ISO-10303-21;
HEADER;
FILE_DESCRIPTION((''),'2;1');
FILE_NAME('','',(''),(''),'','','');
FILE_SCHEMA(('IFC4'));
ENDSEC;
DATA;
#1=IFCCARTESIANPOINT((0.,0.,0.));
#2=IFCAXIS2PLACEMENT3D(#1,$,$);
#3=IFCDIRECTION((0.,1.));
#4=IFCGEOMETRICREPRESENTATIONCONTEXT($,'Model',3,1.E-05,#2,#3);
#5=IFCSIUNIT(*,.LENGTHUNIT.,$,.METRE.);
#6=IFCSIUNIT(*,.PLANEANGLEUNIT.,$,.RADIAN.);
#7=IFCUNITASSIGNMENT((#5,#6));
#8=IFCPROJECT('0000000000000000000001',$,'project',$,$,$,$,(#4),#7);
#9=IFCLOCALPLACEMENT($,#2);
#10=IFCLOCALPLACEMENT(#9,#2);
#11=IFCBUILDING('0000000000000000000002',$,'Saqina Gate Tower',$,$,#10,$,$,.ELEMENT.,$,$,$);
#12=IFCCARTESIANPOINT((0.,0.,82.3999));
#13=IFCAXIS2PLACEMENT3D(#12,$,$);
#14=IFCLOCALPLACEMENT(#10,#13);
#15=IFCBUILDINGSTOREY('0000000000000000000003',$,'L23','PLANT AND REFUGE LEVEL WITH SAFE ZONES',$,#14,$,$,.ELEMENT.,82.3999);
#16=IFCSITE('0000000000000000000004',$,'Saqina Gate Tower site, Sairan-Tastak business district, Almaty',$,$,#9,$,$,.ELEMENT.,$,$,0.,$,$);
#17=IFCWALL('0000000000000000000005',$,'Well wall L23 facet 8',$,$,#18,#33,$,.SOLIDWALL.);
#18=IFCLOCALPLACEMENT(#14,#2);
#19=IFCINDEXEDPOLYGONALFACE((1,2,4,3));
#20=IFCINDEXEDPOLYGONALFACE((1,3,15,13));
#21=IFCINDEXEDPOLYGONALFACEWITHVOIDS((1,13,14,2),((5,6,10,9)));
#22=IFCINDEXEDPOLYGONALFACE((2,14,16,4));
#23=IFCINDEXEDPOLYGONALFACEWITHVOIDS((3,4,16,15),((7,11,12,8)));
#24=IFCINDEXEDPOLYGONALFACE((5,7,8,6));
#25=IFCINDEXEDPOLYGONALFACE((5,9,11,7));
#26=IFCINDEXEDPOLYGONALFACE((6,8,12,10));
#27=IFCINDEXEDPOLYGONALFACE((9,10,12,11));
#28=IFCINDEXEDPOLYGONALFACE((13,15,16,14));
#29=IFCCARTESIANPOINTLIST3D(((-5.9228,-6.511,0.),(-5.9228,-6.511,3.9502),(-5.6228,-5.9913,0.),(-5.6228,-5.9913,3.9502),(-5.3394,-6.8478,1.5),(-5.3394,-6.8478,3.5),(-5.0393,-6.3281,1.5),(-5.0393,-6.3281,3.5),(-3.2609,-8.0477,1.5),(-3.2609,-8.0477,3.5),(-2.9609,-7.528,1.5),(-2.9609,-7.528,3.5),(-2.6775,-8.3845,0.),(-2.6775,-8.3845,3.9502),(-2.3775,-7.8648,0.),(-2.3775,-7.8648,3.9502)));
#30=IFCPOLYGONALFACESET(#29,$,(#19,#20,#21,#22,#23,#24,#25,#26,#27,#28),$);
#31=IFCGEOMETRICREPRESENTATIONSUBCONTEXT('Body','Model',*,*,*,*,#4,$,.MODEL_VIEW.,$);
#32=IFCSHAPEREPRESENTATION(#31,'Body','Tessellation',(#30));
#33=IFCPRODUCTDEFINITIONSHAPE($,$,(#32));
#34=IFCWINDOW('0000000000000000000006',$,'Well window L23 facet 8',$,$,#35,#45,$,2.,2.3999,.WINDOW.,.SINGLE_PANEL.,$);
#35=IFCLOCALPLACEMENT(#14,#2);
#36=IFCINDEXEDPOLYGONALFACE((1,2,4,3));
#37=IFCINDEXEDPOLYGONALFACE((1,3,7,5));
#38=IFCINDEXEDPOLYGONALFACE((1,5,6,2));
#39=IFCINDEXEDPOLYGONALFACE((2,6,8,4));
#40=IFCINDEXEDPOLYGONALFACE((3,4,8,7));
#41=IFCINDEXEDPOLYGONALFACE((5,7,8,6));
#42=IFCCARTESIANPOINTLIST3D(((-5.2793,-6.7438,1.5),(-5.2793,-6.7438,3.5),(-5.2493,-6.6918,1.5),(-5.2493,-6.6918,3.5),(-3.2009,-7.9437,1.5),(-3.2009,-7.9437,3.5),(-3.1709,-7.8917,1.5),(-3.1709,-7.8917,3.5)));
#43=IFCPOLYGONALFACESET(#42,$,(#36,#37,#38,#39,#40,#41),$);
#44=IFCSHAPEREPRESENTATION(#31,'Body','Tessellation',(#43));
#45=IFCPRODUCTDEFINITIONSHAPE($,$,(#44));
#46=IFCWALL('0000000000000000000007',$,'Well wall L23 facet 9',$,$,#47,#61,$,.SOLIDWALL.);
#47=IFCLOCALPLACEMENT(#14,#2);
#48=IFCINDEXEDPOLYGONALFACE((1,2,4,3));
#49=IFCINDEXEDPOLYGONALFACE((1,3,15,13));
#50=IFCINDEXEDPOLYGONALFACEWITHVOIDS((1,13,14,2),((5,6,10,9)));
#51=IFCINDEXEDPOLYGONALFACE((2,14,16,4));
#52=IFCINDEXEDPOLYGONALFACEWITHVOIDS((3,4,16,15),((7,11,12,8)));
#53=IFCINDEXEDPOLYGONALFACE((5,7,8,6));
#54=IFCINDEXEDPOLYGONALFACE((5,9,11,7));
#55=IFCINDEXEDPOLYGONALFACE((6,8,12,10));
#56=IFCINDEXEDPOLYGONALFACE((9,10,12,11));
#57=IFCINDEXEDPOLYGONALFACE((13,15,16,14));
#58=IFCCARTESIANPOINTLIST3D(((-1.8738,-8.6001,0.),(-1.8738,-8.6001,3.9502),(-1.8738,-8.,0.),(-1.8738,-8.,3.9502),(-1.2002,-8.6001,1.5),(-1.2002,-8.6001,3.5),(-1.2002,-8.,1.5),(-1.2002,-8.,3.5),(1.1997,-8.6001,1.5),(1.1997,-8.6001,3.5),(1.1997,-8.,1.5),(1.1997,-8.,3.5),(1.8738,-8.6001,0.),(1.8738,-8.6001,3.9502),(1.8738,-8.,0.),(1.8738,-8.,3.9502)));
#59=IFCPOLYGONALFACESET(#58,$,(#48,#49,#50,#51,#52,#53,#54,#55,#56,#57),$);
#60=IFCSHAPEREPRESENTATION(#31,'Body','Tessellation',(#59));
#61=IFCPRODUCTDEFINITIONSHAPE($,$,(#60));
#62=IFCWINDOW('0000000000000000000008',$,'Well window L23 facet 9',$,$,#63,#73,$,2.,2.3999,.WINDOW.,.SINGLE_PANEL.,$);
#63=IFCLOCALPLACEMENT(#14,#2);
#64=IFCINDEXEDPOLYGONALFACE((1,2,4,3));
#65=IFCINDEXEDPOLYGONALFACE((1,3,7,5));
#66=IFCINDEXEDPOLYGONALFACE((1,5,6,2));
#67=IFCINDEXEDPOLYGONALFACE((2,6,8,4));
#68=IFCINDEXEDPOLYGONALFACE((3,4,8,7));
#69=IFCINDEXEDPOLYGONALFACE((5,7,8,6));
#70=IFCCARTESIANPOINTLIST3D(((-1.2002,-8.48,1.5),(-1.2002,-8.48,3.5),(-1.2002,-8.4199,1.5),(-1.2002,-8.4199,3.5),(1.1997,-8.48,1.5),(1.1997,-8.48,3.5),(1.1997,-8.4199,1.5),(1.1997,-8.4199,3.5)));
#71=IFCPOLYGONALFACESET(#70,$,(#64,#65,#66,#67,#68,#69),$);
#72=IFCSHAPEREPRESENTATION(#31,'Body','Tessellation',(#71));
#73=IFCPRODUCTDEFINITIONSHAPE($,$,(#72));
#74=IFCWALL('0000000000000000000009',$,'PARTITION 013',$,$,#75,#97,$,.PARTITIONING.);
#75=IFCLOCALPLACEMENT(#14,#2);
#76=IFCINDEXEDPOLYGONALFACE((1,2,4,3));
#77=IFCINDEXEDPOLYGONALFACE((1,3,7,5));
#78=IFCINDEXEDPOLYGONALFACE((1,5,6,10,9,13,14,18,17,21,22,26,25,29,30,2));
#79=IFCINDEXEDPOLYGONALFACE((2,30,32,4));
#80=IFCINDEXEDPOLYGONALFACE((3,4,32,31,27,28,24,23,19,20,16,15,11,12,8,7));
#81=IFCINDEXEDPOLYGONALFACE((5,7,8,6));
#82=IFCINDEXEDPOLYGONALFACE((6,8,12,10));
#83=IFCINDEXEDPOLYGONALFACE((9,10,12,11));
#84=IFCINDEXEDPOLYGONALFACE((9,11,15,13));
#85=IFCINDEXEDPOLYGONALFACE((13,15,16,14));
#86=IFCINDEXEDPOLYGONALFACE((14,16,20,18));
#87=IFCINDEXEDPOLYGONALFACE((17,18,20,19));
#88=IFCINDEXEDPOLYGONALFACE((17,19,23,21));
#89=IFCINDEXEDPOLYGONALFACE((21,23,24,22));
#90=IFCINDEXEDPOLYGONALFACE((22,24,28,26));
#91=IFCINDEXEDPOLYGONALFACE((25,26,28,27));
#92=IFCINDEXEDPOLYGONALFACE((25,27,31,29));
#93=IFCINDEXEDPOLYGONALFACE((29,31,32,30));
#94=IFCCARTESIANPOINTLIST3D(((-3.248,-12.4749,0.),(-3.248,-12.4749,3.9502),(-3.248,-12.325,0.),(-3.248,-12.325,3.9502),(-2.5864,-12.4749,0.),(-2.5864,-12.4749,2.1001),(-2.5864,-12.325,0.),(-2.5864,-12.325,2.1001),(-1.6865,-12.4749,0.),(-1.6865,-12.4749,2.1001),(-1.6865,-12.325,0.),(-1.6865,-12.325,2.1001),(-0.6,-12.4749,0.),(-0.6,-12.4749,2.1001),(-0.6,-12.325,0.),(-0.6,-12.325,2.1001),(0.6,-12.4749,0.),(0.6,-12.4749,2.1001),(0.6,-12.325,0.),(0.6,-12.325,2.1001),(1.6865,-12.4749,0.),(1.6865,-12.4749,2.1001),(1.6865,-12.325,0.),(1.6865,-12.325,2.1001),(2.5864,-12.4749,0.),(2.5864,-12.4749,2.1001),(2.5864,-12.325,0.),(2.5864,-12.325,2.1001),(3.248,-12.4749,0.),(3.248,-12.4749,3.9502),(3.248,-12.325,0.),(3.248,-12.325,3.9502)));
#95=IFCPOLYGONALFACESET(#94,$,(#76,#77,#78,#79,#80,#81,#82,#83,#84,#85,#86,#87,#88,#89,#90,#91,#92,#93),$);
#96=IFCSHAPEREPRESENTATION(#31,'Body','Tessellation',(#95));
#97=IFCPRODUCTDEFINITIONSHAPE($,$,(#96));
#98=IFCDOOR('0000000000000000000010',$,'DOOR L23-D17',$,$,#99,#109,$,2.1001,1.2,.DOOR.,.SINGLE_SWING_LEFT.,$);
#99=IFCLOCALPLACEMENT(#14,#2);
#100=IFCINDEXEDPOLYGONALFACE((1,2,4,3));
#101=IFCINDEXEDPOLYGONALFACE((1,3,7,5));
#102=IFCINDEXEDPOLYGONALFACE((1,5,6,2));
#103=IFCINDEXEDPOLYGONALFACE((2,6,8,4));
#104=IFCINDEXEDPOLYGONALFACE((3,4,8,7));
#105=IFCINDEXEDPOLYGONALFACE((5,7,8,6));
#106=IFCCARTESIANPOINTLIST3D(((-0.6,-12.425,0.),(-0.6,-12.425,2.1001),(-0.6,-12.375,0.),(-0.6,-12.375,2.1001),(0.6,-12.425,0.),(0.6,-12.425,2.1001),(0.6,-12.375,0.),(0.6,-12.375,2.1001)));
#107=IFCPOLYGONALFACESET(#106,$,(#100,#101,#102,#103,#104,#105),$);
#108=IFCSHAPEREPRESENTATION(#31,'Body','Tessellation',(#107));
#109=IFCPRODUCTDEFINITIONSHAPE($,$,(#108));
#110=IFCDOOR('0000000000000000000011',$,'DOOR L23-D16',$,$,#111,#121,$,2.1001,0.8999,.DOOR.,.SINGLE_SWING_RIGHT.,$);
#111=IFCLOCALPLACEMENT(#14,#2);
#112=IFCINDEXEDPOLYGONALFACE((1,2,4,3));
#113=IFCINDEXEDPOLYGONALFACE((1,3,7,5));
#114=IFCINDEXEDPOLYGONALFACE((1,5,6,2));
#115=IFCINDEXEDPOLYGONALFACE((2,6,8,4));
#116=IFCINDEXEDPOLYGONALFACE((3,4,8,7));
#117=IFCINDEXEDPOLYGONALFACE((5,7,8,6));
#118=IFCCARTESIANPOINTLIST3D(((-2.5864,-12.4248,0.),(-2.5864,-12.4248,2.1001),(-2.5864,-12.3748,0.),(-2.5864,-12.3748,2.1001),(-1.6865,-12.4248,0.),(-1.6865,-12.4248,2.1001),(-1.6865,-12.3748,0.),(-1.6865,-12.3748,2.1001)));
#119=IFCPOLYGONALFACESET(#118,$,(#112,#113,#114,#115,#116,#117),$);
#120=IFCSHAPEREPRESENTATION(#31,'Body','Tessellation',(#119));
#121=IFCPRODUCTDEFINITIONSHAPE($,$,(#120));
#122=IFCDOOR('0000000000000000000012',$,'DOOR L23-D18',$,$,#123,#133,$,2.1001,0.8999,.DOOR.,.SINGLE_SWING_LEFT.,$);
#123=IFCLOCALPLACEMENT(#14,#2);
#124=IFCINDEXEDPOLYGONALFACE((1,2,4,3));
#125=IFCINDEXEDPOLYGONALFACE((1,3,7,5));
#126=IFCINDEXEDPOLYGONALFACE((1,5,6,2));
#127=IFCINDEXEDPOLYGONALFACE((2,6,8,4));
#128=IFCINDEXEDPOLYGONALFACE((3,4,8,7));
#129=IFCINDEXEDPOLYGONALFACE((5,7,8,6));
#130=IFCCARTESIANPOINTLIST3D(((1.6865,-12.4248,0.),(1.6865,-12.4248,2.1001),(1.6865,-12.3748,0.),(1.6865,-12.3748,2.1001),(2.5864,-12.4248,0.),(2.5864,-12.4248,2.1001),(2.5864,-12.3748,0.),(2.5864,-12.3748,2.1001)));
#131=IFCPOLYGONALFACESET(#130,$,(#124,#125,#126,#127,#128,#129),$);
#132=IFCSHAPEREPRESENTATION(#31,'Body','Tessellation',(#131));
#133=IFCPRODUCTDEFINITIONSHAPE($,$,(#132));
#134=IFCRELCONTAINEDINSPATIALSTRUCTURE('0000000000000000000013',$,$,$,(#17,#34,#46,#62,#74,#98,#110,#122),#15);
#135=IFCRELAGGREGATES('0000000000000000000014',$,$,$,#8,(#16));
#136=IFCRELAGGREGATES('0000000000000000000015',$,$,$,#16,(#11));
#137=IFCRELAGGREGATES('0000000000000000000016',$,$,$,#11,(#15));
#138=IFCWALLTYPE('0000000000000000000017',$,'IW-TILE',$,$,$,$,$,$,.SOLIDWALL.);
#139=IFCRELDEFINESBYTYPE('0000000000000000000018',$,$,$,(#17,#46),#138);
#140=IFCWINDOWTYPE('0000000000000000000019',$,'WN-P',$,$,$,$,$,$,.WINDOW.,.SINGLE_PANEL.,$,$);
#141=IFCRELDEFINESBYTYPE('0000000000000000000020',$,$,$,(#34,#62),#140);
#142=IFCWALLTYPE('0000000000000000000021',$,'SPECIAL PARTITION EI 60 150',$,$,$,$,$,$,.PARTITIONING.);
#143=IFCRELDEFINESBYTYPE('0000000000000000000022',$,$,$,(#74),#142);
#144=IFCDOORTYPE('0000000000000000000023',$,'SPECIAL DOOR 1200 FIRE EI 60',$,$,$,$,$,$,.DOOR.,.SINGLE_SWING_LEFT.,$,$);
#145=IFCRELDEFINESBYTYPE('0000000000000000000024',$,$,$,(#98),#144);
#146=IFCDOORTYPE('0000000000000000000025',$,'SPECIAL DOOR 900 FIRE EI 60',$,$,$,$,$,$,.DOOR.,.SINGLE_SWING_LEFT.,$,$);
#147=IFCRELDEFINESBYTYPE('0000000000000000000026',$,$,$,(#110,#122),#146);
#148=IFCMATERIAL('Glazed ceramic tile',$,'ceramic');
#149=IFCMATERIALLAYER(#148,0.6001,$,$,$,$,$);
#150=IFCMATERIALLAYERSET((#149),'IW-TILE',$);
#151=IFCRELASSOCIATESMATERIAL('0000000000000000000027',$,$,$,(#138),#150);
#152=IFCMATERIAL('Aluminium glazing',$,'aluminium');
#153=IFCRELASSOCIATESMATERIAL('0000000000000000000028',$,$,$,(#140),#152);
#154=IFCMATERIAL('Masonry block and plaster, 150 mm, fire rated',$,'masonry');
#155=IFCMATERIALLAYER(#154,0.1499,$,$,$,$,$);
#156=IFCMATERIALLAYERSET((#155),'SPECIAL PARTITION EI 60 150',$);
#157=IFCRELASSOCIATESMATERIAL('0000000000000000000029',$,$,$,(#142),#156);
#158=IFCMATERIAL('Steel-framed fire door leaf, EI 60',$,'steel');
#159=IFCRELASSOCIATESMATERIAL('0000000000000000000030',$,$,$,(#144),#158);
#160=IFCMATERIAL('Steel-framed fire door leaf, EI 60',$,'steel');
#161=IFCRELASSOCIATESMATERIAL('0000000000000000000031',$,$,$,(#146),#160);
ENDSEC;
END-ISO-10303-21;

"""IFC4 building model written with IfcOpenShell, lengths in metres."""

from ifc_helpers import new_model, si_unit, direction, frame, frame_2d, origin, place, context, subcontext, project, spatial, rectangle, extrude, material, layer, layer_set, type_object, element, fill, save


model = new_model("IFC4")

# Units and contexts
model_context = context("Model", 3, precision=1e-05, world=origin(), true_north=direction((0.0, 1.0)))
body_context = subcontext(model_context, "Body", "Model", "MODEL_VIEW")
ifc_project = project(units=[si_unit("LENGTHUNIT", "METRE"), si_unit("PLANEANGLEUNIT", "RADIAN")], contexts=[model_context])

# Site, building, storey
site_placement = place(None, origin())
site = spatial("IfcSite", under=ifc_project, at=site_placement, Name="Saqina Gate Tower site, Sairan-Tastak business district, Almaty", CompositionType="ELEMENT", RefElevation=0.0)
building_placement = place(site_placement, origin())
building = spatial("IfcBuilding", under=site, at=building_placement, Name="Saqina Gate Tower", CompositionType="ELEMENT")
storey_placement = place(building_placement, frame((0.0, 0.0, 82.3999)))
storey = spatial("IfcBuildingStorey", under=building, at=storey_placement, Name="L23", Description="PLANT AND REFUGE LEVEL WITH SAFE ZONES", CompositionType="ELEMENT", Elevation=82.3999)

# Walls, openings, windows
ifc_material_1 = material(Name="Glazed ceramic tile", Category="ceramic")
ifc_layer_1 = layer(ifc_material_1, 0.6001)
ifc_layer_set_1 = layer_set([ifc_layer_1], Name="IW-TILE")
wall_type_1 = type_object("IfcWallType", Name="IW-TILE", PredefinedType="SOLIDWALL", material=ifc_layer_set_1)
wall_1_placement = place(storey_placement, frame((-5.7727, -6.2512, 0.0), z_axis=(0.0, 0.0, 1.0), x_axis=(0.866046, -0.499965, 0.0)))
wall_1 = element("IfcWall", 1, at=wall_1_placement, inside=storey, type_object=wall_type_1, Name="Well wall L23 facet 8", PredefinedType="SOLIDWALL", context=body_context, shape_type="SweptSolid", body=[
    extrude(rectangle(XDim=3.7473, YDim=0.6001, at=frame_2d((1.8735, 0.0))), origin(), (0.0, 0.0, 1.0), 3.9502),
])
opening_1_placement = place(wall_1_placement, frame((0.6736, 0.0, 1.5)))
opening_1 = element("IfcOpeningElement", 2, at=opening_1_placement, cuts=wall_1, PredefinedType="OPENING", context=body_context, shape_type="SweptSolid", body=[
    extrude(rectangle(XDim=2.3999, YDim=2.0, at=frame_2d((1.2, 1.0))), frame((0.0, 0.312, 0.0), z_axis=(0.0, -1.0, 0.0), x_axis=(1.0, 0.0, 0.0)), (0.0, 0.0, 1.0), 0.624),
])
ifc_material_2 = material(Name="Aluminium glazing", Category="aluminium")
window_type_1 = type_object("IfcWindowType", Name="WN-P", PartitioningType="SINGLE_PANEL", PredefinedType="WINDOW", material=ifc_material_2)
window_1_placement = place(opening_1_placement, origin())
window_1 = element("IfcWindow", 3, at=window_1_placement, inside=storey, type_object=window_type_1, Name="Well window L23 facet 8", OverallHeight=2.0, OverallWidth=2.3999, PartitioningType="SINGLE_PANEL", PredefinedType="WINDOW", context=body_context, shape_type="SweptSolid", body=[
    extrude(rectangle(XDim=2.3999, YDim=2.0, at=frame_2d((1.2, 1.0))), frame((0.0, -0.1199, 0.0), z_axis=(0.0, -1.0, 0.0), x_axis=(1.0, 0.0, 0.0)), (0.0, 0.0, 1.0), 0.0601),
])
fill(opening_1, window_1)
wall_2_placement = place(storey_placement, frame((-1.8738, -8.3, 0.0), z_axis=(0.0, 0.0, 1.0), x_axis=(1.0, 0.0, 0.0)))
wall_2 = element("IfcWall", 4, at=wall_2_placement, inside=storey, type_object=wall_type_1, Name="Well wall L23 facet 9", PredefinedType="SOLIDWALL", context=body_context, shape_type="SweptSolid", body=[
    extrude(rectangle(XDim=3.7476, YDim=0.6001, at=frame_2d((1.8738, 0.0))), origin(), (0.0, 0.0, 1.0), 3.9502),
])
opening_2_placement = place(wall_2_placement, frame((0.6736, 0.0, 1.5)))
opening_2 = element("IfcOpeningElement", 5, at=opening_2_placement, cuts=wall_2, PredefinedType="OPENING", context=body_context, shape_type="SweptSolid", body=[
    extrude(rectangle(XDim=2.3999, YDim=2.0, at=frame_2d((1.2, 1.0))), frame((0.0, 0.312, 0.0), z_axis=(0.0, -1.0, 0.0), x_axis=(1.0, 0.0, 0.0)), (0.0, 0.0, 1.0), 0.624),
])
window_2_placement = place(opening_2_placement, origin())
window_2 = element("IfcWindow", 6, at=window_2_placement, inside=storey, type_object=window_type_1, Name="Well window L23 facet 9", OverallHeight=2.0, OverallWidth=2.3999, PartitioningType="SINGLE_PANEL", PredefinedType="WINDOW", context=body_context, shape_type="SweptSolid", body=[
    extrude(rectangle(XDim=2.3999, YDim=2.0, at=frame_2d((1.2, 1.0))), frame((0.0, -0.1199, 0.0), z_axis=(0.0, -1.0, 0.0), x_axis=(1.0, 0.0, 0.0)), (0.0, 0.0, 1.0), 0.0601),
])
fill(opening_2, window_2)

# Wall, openings, doors
ifc_material_3 = material(Name="Masonry block and plaster, 150 mm, fire rated", Category="masonry")
ifc_layer_2 = layer(ifc_material_3, 0.1499)
ifc_layer_set_2 = layer_set([ifc_layer_2], Name="SPECIAL PARTITION EI 60 150")
wall_type_2 = type_object("IfcWallType", Name="SPECIAL PARTITION EI 60 150", PredefinedType="PARTITIONING", material=ifc_layer_set_2)
wall_3_placement = place(storey_placement, frame((-3.248, -12.3999, 0.0), z_axis=(0.0, 0.0, 1.0), x_axis=(1.0, 0.0, 0.0)))
wall_3 = element("IfcWall", 7, at=wall_3_placement, inside=storey, type_object=wall_type_2, Name="PARTITION 013", PredefinedType="PARTITIONING", context=body_context, shape_type="SweptSolid", body=[
    extrude(rectangle(XDim=6.4961, YDim=0.1499, at=frame_2d((3.248, 0.0))), origin(), (0.0, 0.0, 1.0), 3.9502),
])
opening_3_placement = place(wall_3_placement, frame((0.6616, 0.0, 0.0)))
opening_3 = element("IfcOpeningElement", 8, at=opening_3_placement, cuts=wall_3, PredefinedType="OPENING", context=body_context, shape_type="SweptSolid", body=[
    extrude(rectangle(XDim=0.8999, YDim=2.1001, at=frame_2d((0.45, 1.05))), frame((0.0, 0.0869, 0.0), z_axis=(0.0, -1.0, 0.0), x_axis=(1.0, 0.0, 0.0)), (0.0, 0.0, 1.0), 0.1738),
])
opening_4_placement = place(wall_3_placement, frame((2.6479, 0.0, 0.0)))
opening_4 = element("IfcOpeningElement", 9, at=opening_4_placement, cuts=wall_3, PredefinedType="OPENING", context=body_context, shape_type="SweptSolid", body=[
    extrude(rectangle(XDim=1.2, YDim=2.1001, at=frame_2d((0.6001, 1.05))), frame((0.0, 0.0869, 0.0), z_axis=(0.0, -1.0, 0.0), x_axis=(1.0, 0.0, 0.0)), (0.0, 0.0, 1.0), 0.1738),
])
opening_5_placement = place(wall_3_placement, frame((4.9346, 0.0, 0.0)))
opening_5 = element("IfcOpeningElement", 10, at=opening_5_placement, cuts=wall_3, PredefinedType="OPENING", context=body_context, shape_type="SweptSolid", body=[
    extrude(rectangle(XDim=0.8999, YDim=2.1001, at=frame_2d((0.45, 1.05))), frame((0.0, 0.0869, 0.0), z_axis=(0.0, -1.0, 0.0), x_axis=(1.0, 0.0, 0.0)), (0.0, 0.0, 1.0), 0.1738),
])
ifc_material_4 = material(Name="Steel-framed fire door leaf, EI 60", Category="steel")
door_type_1 = type_object("IfcDoorType", Name="SPECIAL DOOR 1200 FIRE EI 60", OperationType="SINGLE_SWING_LEFT", PredefinedType="DOOR", material=ifc_material_4)
door_1_placement = place(opening_4_placement, origin())
door_1 = element("IfcDoor", 11, at=door_1_placement, inside=storey, type_object=door_type_1, Name="DOOR L23-D17", OperationType="SINGLE_SWING_LEFT", OverallHeight=2.1001, OverallWidth=1.2, PredefinedType="DOOR", context=body_context, shape_type="SweptSolid", body=[
    extrude(rectangle(XDim=1.2, YDim=2.1001, at=frame_2d((0.6001, 1.05))), frame((0.0, 0.0249, 0.0), z_axis=(0.0, -1.0, 0.0), x_axis=(1.0, 0.0, 0.0)), (0.0, 0.0, 1.0), 0.05),
])
fill(opening_4, door_1)
ifc_material_5 = material(Name="Steel-framed fire door leaf, EI 60", Category="steel")
door_type_2 = type_object("IfcDoorType", Name="SPECIAL DOOR 900 FIRE EI 60", OperationType="SINGLE_SWING_LEFT", PredefinedType="DOOR", material=ifc_material_5)
door_2_placement = place(opening_3_placement, frame((0.8999, 0.0, 0.0), z_axis=(0.0, 0.0, 1.0), x_axis=(-1.0, 0.0, 0.0)))
door_2 = element("IfcDoor", 12, at=door_2_placement, inside=storey, type_object=door_type_2, Name="DOOR L23-D16", OperationType="SINGLE_SWING_RIGHT", OverallHeight=2.1001, OverallWidth=0.8999, PredefinedType="DOOR", context=body_context, shape_type="SweptSolid", body=[
    extrude(rectangle(XDim=0.8999, YDim=2.1001, at=frame_2d((0.45, 1.05))), frame((0.0, 0.0249, 0.0), z_axis=(0.0, -1.0, 0.0), x_axis=(1.0, 0.0, 0.0)), (0.0, 0.0, 1.0), 0.05),
])
fill(opening_3, door_2)
door_3_placement = place(opening_5_placement, frame((0.8999, 0.0, 0.0), z_axis=(0.0, 0.0, 1.0), x_axis=(-1.0, 0.0, 0.0)))
door_3 = element("IfcDoor", 13, at=door_3_placement, inside=storey, type_object=door_type_2, Name="DOOR L23-D18", OperationType="SINGLE_SWING_LEFT", OverallHeight=2.1001, OverallWidth=0.8999, PredefinedType="DOOR", context=body_context, shape_type="SweptSolid", body=[
    extrude(rectangle(XDim=0.8999, YDim=2.1001, at=frame_2d((0.45, 1.05))), frame((0.0, 0.0249, 0.0), z_axis=(0.0, -1.0, 0.0), x_axis=(1.0, 0.0, 0.0)), (0.0, 0.0, 1.0), 0.05),
])
fill(opening_5, door_3)

save(model, "model.ifc")
